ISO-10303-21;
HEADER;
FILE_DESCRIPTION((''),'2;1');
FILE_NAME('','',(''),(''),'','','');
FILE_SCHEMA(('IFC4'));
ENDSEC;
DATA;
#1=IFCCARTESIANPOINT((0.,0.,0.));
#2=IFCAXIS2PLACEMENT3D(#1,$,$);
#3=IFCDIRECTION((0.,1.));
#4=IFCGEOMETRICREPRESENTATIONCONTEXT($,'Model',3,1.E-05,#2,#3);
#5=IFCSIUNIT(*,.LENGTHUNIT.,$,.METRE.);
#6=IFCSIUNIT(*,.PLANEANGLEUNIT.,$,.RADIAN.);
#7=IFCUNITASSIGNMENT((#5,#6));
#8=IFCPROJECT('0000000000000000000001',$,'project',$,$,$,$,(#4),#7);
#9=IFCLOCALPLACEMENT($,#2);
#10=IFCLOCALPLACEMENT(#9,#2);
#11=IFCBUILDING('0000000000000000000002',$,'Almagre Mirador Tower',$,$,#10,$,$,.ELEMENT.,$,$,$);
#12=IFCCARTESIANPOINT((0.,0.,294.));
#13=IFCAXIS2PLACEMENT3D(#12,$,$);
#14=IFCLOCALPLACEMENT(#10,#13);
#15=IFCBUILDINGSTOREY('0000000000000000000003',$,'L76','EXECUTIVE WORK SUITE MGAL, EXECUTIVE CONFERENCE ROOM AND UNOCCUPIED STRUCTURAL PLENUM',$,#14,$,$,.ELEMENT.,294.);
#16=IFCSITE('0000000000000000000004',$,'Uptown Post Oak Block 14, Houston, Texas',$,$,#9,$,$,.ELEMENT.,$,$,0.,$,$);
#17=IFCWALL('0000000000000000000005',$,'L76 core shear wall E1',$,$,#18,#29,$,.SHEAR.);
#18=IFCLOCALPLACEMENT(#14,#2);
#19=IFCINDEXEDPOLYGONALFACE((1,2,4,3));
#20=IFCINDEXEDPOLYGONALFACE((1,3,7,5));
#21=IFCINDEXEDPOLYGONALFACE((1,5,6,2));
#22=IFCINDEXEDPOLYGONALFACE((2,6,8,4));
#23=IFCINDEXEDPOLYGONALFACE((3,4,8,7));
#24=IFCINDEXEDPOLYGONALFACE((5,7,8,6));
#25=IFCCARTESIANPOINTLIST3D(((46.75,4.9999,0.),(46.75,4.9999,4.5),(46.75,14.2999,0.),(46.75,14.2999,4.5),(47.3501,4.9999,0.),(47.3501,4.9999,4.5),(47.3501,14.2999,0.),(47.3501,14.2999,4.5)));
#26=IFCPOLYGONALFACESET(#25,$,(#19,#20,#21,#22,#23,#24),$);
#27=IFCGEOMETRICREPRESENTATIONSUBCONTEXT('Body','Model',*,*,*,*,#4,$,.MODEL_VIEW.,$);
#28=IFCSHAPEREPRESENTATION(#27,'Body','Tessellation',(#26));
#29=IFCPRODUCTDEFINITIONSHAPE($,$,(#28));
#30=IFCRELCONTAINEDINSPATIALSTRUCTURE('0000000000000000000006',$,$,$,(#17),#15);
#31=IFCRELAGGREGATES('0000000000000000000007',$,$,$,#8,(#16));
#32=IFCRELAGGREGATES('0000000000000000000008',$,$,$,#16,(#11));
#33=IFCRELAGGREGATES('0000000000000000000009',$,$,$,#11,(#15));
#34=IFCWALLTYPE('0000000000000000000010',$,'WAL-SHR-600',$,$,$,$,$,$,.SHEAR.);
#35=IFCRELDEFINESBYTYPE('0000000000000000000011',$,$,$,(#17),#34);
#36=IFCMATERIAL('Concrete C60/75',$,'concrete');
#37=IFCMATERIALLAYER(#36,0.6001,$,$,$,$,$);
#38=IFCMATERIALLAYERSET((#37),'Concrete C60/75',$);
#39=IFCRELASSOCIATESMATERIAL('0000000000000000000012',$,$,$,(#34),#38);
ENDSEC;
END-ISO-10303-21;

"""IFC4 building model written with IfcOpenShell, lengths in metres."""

from ifc_helpers import new_model, si_unit, direction, frame, frame_2d, origin, place, context, subcontext, project, spatial, rectangle, extrude, material, layer, layer_set, type_object, element, save


model = new_model("IFC4")

# Units and contexts
model_context = context("Model", 3, precision=1e-05, world=origin(), true_north=direction((0.0, 1.0)))
body_context = subcontext(model_context, "Body", "Model", "MODEL_VIEW")
ifc_project = project(units=[si_unit("LENGTHUNIT", "METRE"), si_unit("PLANEANGLEUNIT", "RADIAN")], contexts=[model_context])

# Site, building, storey
site_placement = place(None, origin())
site = spatial("IfcSite", under=ifc_project, at=site_placement, Name="Uptown Post Oak Block 14, Houston, Texas", CompositionType="ELEMENT", RefElevation=0.0)
building_placement = place(site_placement, origin())
building = spatial("IfcBuilding", under=site, at=building_placement, Name="Almagre Mirador Tower", CompositionType="ELEMENT")
storey_placement = place(building_placement, frame((0.0, 0.0, 294.0)))
storey = spatial("IfcBuildingStorey", under=building, at=storey_placement, Name="L76", Description="EXECUTIVE WORK SUITE MGAL, EXECUTIVE CONFERENCE ROOM AND UNOCCUPIED STRUCTURAL PLENUM", CompositionType="ELEMENT", Elevation=294.0)

# Wall
ifc_material_1 = material(Name="Concrete C60/75", Category="concrete")
ifc_layer_1 = layer(ifc_material_1, 0.6001)
ifc_layer_set_1 = layer_set([ifc_layer_1], Name="Concrete C60/75")
wall_type_1 = type_object("IfcWallType", Name="WAL-SHR-600", PredefinedType="SHEAR", material=ifc_layer_set_1)
wall_1_placement = place(storey_placement, frame((47.05, 5.0, 0.0), z_axis=(0.0, 0.0, 1.0), x_axis=(0.0, 1.0, 0.0)))
element("IfcWall", 1, at=wall_1_placement, inside=storey, type_object=wall_type_1, Name="L76 core shear wall E1", PredefinedType="SHEAR", context=body_context, shape_type="SweptSolid", body=[
    extrude(rectangle(XDim=9.3, YDim=0.6001, at=frame_2d((4.6499, 0.0))), origin(), (0.0, 0.0, 1.0), 4.5),
])

save(model, "model.ifc")
